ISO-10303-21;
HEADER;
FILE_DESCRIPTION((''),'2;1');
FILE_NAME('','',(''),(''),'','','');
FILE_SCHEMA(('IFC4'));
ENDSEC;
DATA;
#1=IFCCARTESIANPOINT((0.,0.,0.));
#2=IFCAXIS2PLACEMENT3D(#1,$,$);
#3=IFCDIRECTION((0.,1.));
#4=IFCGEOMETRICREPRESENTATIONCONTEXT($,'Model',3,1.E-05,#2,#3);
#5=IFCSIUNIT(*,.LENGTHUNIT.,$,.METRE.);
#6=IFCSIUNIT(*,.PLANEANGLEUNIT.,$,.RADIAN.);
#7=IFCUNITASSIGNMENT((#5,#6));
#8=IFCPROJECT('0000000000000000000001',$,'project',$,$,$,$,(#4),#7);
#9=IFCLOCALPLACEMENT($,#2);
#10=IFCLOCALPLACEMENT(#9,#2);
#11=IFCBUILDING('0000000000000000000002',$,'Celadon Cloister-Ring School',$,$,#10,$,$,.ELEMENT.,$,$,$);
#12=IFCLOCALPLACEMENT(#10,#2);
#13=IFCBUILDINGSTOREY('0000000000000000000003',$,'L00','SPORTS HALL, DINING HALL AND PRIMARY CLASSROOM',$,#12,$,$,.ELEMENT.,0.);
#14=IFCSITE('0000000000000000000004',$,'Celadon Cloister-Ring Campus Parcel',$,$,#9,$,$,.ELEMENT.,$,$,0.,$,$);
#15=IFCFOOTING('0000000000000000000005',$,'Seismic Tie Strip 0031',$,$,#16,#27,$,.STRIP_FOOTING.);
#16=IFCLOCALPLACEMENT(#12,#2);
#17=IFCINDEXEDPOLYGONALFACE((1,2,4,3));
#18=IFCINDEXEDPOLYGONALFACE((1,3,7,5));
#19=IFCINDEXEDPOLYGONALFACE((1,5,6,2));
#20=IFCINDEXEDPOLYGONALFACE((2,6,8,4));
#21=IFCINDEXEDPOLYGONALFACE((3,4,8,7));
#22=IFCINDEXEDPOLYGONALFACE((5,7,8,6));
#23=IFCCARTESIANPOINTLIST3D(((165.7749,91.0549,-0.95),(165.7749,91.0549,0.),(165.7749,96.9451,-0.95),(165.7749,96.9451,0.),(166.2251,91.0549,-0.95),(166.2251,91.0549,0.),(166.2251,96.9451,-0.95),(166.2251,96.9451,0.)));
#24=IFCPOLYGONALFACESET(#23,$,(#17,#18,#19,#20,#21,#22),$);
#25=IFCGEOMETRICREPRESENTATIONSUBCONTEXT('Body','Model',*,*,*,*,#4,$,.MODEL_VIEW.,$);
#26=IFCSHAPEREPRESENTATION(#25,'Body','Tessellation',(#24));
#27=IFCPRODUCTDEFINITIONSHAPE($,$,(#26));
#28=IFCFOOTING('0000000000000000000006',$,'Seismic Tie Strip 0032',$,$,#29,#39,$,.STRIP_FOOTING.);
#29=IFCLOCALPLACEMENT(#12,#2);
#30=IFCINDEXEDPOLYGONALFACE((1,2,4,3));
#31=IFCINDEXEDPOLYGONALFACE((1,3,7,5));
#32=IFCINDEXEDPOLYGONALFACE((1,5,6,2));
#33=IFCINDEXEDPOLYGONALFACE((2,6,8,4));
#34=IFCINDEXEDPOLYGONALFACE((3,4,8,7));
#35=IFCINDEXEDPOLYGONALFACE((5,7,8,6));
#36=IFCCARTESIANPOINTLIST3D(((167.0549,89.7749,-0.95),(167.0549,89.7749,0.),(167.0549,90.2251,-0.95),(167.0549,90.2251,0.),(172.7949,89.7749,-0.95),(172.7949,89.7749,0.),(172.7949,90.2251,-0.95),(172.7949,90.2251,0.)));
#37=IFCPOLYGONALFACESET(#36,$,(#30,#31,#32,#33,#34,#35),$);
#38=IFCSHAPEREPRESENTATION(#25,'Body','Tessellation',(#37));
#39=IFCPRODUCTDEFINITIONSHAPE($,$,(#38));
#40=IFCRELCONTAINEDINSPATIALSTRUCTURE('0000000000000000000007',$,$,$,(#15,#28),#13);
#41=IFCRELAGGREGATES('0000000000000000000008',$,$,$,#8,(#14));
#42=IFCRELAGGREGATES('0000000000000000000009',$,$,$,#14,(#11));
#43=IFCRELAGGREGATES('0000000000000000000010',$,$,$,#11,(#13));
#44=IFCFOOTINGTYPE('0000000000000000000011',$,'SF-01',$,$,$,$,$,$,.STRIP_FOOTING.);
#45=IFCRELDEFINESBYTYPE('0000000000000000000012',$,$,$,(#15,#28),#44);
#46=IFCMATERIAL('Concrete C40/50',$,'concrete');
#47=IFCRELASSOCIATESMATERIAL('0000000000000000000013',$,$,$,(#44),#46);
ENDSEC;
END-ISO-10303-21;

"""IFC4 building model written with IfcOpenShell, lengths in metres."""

from ifc_helpers import new_model, si_unit, direction, frame, origin, place, context, subcontext, project, spatial, polyline, outline, extrude, material, type_object, element, save


model = new_model("IFC4")

# Units and contexts
model_context = context("Model", 3, precision=1e-05, world=origin(), true_north=direction((0.0, 1.0)))
body_context = subcontext(model_context, "Body", "Model", "MODEL_VIEW")
ifc_project = project(units=[si_unit("LENGTHUNIT", "METRE"), si_unit("PLANEANGLEUNIT", "RADIAN")], contexts=[model_context])

# Site, building, storey
site_placement = place(None, origin())
site = spatial("IfcSite", under=ifc_project, at=site_placement, Name="Celadon Cloister-Ring Campus Parcel", CompositionType="ELEMENT", RefElevation=0.0)
building_placement = place(site_placement, origin())
building = spatial("IfcBuilding", under=site, at=building_placement, Name="Celadon Cloister-Ring School", CompositionType="ELEMENT")
storey_placement = place(building_placement, origin())
storey = spatial("IfcBuildingStorey", under=building, at=storey_placement, Name="L00", Description="SPORTS HALL, DINING HALL AND PRIMARY CLASSROOM", CompositionType="ELEMENT", Elevation=0.0)

# Footings
ifc_material = material(Name="Concrete C40/50", Category="concrete")
footing_type = type_object("IfcFootingType", Name="SF-01", PredefinedType="STRIP_FOOTING", material=ifc_material)
footing_1_placement = place(storey_placement, frame((0.0, 0.0, -0.95)))
element("IfcFooting", 1, at=footing_1_placement, inside=storey, type_object=footing_type, Name="Seismic Tie Strip 0031", PredefinedType="STRIP_FOOTING", context=body_context, shape_type="SweptSolid", body=[
    extrude(outline(polyline([(166.2251, 91.0549), (166.2251, 96.9451), (165.7749, 96.9451), (165.7749, 91.0549), (166.2251, 91.0549)])), origin(), (0.0, 0.0, 1.0), 0.95),
])
footing_2_placement = place(storey_placement, frame((0.0, 0.0, -0.95)))
element("IfcFooting", 2, at=footing_2_placement, inside=storey, type_object=footing_type, Name="Seismic Tie Strip 0032", PredefinedType="STRIP_FOOTING", context=body_context, shape_type="SweptSolid", body=[
    extrude(outline(polyline([(167.0549, 89.7749), (172.7949, 89.7749), (172.7949, 90.2251), (167.0549, 90.2251), (167.0549, 89.7749)])), origin(), (0.0, 0.0, 1.0), 0.95),
])

save(model, "model.ifc")
